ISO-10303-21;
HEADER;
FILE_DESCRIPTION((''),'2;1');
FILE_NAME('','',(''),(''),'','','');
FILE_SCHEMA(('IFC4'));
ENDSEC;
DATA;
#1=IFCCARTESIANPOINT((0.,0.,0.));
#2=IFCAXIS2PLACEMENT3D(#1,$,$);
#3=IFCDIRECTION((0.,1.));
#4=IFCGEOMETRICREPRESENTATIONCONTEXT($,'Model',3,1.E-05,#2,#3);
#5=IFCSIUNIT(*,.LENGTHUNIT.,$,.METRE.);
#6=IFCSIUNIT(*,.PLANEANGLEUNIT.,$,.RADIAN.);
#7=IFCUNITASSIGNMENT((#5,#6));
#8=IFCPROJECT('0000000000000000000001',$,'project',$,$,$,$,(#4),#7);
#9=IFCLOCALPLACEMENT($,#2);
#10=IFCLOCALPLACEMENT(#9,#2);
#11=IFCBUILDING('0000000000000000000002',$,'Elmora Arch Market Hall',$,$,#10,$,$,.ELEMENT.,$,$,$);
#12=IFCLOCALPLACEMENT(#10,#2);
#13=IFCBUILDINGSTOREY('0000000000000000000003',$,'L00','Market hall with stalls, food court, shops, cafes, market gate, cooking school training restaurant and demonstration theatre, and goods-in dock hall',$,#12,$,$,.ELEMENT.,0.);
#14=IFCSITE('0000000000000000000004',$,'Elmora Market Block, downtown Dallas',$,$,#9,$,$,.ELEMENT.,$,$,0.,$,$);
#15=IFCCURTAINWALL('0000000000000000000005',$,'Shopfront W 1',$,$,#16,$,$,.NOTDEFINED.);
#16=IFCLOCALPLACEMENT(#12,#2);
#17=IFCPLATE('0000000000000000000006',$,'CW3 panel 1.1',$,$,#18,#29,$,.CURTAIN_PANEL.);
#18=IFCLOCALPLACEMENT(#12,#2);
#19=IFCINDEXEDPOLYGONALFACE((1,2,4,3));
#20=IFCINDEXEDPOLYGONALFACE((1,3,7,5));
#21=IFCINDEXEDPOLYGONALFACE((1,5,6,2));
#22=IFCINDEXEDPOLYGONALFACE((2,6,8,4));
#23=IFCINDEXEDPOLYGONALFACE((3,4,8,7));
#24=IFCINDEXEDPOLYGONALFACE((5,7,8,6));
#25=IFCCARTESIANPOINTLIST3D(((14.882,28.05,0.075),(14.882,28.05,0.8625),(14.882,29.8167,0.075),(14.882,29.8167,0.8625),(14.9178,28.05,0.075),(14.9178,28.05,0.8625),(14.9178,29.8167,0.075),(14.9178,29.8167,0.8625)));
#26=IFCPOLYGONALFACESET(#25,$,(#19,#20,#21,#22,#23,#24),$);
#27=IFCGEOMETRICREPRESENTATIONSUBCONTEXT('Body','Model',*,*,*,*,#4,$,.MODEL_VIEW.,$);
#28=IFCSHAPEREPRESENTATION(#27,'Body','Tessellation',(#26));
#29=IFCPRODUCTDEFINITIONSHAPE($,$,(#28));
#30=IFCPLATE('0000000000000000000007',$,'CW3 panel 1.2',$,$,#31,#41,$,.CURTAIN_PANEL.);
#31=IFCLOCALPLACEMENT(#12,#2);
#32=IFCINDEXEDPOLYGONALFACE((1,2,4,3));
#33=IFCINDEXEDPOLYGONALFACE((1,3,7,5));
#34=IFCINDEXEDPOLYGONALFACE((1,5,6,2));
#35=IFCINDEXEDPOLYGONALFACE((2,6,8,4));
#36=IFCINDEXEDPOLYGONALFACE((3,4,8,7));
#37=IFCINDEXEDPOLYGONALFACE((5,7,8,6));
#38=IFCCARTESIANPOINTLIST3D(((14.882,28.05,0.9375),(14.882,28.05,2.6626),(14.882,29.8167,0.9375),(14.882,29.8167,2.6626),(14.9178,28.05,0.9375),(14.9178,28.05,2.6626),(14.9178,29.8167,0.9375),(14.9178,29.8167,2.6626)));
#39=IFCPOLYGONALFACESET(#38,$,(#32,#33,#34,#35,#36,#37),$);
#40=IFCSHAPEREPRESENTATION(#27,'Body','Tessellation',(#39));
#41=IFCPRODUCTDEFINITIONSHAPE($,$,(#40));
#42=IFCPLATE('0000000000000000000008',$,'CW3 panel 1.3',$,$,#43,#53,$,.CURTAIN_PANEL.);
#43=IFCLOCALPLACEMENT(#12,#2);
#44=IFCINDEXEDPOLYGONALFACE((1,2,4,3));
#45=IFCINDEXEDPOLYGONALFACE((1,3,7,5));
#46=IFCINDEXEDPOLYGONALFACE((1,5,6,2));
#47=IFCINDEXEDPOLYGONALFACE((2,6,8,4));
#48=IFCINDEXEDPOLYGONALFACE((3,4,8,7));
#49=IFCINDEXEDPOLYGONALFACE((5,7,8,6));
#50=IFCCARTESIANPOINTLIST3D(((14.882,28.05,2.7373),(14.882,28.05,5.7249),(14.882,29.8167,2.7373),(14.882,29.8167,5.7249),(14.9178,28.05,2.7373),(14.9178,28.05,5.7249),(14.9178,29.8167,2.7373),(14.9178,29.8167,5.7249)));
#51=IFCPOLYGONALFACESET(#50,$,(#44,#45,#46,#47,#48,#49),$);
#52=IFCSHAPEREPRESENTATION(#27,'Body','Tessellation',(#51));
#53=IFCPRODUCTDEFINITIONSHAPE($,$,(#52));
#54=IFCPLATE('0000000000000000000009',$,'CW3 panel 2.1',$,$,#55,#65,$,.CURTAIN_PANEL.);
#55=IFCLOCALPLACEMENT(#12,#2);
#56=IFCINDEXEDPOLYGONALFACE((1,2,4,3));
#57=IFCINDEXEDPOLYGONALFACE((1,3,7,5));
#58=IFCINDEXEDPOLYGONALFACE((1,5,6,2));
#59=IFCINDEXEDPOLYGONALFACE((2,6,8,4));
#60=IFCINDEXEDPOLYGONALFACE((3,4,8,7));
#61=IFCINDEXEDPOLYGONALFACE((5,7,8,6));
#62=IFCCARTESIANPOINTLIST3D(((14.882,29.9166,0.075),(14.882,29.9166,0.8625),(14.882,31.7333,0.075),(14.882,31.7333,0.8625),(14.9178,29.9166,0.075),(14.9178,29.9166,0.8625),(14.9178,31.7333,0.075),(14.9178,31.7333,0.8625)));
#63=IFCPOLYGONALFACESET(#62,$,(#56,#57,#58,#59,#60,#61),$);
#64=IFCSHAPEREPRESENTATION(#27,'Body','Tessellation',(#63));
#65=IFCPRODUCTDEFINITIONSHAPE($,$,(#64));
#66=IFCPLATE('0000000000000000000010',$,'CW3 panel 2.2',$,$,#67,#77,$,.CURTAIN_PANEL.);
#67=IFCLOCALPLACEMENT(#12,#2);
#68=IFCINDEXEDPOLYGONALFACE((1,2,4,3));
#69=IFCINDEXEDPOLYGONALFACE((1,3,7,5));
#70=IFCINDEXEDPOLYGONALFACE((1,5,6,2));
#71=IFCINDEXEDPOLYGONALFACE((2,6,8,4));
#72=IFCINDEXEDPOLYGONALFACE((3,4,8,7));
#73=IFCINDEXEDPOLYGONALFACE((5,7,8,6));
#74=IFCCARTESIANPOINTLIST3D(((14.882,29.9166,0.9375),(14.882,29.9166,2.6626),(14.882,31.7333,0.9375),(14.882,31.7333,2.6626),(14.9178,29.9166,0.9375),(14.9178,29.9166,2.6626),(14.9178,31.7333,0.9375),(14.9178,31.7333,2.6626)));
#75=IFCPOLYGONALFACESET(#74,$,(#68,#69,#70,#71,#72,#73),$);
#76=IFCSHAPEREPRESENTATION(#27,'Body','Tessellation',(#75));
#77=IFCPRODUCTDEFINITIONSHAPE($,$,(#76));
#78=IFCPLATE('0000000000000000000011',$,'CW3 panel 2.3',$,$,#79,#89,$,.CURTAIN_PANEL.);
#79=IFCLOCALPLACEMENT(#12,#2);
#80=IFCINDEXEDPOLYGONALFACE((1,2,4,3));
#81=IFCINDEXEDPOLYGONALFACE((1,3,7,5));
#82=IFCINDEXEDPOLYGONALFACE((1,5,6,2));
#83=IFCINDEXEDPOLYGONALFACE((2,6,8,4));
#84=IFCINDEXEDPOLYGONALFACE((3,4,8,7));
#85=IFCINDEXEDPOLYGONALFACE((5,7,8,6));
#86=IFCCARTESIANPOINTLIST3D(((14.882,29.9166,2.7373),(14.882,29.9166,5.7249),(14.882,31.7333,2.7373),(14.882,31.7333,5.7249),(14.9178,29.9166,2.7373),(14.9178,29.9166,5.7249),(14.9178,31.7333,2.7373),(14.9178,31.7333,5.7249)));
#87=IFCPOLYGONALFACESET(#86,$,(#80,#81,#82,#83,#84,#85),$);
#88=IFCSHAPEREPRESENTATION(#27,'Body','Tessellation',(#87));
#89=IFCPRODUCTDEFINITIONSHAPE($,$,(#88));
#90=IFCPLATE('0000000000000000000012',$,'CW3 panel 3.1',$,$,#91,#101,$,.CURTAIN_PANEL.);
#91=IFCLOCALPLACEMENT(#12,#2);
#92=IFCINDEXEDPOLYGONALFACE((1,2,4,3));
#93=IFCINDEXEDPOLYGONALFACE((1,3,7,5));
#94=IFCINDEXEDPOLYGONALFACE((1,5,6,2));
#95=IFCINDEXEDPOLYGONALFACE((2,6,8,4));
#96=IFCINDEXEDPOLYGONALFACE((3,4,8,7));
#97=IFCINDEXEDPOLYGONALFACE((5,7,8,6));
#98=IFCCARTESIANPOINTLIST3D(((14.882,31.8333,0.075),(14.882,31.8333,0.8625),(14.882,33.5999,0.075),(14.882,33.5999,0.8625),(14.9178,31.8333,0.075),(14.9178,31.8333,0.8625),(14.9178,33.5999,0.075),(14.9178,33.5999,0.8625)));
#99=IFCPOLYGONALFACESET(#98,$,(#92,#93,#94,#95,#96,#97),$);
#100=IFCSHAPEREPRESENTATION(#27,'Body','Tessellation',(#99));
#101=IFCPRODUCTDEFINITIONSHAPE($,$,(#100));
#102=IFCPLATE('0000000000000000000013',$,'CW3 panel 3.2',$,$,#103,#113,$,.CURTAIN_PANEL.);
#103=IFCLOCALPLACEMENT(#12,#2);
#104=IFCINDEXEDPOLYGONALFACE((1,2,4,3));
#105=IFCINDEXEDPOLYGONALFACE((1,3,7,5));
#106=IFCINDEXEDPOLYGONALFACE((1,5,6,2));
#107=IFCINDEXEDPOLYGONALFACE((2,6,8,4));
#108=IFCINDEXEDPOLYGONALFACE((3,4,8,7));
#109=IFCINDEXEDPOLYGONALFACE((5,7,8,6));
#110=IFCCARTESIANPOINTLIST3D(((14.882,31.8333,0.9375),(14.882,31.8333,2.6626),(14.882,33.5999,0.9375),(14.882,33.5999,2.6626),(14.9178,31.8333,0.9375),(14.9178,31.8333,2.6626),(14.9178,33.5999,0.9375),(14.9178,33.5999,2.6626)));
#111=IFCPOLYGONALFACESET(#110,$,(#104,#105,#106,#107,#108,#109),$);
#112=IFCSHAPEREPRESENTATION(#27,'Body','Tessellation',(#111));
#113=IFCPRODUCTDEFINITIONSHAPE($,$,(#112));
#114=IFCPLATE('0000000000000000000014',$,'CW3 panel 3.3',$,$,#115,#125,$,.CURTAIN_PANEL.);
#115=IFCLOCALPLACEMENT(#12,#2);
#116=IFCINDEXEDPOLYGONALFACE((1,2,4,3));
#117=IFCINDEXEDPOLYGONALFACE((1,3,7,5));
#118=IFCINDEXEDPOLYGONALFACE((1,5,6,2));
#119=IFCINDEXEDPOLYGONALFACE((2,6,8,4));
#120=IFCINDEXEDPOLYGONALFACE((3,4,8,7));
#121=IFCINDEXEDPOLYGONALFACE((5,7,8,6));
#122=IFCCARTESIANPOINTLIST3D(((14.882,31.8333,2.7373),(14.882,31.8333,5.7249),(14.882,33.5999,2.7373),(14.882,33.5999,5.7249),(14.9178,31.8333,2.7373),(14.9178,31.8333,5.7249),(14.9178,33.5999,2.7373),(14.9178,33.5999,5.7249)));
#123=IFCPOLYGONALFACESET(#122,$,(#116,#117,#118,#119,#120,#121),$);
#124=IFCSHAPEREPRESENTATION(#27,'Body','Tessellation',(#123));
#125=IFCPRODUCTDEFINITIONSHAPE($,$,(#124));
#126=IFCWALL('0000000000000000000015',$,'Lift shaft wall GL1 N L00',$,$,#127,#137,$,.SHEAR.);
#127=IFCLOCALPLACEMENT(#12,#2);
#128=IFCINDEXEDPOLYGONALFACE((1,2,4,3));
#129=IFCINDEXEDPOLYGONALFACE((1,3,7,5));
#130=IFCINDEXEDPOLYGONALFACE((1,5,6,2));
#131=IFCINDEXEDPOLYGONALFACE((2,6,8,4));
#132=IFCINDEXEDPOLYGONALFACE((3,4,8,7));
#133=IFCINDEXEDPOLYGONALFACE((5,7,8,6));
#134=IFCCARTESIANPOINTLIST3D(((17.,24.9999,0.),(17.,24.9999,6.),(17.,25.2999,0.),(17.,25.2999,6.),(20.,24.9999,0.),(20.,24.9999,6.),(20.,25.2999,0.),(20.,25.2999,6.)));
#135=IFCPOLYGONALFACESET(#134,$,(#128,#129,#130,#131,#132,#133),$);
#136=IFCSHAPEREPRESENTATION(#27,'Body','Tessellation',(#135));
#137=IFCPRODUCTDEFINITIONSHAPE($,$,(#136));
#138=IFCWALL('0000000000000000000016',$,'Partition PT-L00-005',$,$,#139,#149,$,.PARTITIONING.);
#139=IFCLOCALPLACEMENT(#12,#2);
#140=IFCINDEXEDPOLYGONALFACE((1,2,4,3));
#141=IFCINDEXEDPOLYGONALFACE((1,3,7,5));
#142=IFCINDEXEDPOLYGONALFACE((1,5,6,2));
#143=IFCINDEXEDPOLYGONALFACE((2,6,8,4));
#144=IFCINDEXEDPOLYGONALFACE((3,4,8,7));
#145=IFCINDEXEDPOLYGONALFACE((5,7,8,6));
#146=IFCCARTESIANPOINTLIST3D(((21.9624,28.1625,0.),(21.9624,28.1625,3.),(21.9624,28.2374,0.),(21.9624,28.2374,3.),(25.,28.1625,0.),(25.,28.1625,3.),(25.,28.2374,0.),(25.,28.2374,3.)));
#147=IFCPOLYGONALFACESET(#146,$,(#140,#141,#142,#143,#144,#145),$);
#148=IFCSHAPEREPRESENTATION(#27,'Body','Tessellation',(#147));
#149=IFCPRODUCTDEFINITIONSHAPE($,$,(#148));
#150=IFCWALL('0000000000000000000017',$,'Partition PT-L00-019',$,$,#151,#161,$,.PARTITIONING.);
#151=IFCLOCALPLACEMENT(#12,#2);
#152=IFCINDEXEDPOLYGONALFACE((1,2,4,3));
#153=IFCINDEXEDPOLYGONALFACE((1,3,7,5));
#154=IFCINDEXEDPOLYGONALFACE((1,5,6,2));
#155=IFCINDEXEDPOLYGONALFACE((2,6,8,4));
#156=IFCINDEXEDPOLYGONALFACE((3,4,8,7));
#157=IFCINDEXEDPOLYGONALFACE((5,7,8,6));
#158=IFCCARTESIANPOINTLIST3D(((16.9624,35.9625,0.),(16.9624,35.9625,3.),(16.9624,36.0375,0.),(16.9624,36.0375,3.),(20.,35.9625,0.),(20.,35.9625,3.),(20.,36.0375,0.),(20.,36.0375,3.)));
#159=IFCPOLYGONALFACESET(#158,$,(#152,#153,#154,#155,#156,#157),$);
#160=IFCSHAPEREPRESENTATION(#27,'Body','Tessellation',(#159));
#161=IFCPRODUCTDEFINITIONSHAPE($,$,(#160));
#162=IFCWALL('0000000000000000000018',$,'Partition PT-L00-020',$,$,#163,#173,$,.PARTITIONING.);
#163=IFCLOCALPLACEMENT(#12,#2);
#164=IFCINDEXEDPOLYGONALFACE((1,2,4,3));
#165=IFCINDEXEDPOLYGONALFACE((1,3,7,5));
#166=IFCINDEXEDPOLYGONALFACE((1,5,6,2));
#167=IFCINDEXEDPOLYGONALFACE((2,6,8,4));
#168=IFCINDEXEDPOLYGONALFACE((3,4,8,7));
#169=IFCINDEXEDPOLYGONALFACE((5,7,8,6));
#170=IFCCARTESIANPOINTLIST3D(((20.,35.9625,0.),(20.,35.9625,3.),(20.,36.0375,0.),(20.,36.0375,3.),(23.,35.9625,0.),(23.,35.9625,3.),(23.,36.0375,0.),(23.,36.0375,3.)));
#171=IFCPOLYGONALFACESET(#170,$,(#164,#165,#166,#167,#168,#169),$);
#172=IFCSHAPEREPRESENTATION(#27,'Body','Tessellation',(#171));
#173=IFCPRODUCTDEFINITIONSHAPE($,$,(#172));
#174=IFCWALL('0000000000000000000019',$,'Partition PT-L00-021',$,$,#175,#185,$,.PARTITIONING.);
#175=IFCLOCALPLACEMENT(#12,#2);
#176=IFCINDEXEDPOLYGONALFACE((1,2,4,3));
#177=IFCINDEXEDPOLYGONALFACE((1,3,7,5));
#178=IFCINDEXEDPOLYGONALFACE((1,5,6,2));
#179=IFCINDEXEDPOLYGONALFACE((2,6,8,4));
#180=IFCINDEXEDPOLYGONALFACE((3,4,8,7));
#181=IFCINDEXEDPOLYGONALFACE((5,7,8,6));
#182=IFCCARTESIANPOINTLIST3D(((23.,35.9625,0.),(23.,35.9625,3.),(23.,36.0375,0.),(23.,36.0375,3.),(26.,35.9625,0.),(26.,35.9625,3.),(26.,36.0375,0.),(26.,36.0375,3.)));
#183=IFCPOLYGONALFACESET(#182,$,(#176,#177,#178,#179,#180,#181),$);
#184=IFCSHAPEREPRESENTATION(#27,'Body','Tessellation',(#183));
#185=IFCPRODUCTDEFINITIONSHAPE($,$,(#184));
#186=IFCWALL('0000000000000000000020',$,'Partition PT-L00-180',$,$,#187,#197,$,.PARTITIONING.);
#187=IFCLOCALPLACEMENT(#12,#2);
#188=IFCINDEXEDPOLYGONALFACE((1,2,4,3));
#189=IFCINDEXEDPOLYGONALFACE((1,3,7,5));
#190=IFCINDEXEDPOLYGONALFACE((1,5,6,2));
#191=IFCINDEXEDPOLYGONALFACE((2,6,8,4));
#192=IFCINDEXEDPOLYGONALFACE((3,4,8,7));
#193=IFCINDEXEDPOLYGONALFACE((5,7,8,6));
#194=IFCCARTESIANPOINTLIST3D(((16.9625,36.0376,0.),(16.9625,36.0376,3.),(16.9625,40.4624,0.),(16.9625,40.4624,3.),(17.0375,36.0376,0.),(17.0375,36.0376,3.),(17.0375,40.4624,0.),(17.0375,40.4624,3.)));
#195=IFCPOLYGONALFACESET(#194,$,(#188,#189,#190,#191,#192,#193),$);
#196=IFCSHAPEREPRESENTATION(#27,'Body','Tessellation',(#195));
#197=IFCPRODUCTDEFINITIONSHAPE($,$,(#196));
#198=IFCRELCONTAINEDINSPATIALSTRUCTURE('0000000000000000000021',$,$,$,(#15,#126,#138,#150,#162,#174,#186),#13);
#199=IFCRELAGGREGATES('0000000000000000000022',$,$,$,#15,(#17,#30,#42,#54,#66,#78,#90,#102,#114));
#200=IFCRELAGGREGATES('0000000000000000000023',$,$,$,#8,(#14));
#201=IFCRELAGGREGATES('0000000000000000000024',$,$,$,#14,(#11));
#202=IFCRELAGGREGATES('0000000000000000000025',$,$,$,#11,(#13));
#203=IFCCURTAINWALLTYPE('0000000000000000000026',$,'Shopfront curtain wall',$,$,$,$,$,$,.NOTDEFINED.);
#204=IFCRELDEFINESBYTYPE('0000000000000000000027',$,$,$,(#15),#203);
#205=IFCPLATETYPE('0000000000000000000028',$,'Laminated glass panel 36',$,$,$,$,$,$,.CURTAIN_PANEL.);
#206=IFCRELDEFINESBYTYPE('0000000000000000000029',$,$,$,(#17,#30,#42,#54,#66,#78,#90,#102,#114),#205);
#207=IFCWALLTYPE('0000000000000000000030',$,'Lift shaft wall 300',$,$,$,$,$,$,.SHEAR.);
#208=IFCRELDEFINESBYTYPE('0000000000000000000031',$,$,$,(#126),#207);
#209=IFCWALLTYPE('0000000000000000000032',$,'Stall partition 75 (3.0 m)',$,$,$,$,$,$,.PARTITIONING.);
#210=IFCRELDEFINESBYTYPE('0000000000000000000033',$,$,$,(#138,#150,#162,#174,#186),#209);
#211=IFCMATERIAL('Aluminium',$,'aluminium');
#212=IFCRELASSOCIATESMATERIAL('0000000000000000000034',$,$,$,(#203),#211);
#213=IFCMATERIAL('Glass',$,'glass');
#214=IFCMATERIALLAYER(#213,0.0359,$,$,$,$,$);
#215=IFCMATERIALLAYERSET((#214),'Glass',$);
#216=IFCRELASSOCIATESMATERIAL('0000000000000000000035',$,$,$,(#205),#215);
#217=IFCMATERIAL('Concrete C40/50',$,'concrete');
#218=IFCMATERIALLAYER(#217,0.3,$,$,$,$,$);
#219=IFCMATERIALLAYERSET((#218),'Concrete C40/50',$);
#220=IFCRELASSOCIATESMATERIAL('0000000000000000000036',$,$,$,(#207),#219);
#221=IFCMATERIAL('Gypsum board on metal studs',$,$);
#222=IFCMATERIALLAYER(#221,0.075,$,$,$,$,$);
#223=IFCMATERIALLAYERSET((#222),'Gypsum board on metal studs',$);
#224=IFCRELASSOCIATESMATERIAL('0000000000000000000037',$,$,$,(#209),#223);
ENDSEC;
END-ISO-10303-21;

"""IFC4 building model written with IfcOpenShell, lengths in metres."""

from ifc_helpers import new_model, si_unit, direction, frame, frame_2d, origin, origin_2d, place, context, subcontext, project, spatial, rectangle, extrude, material, layer, layer_set, type_object, element, aggregate, save


model = new_model("IFC4")

# Units and contexts
model_context = context("Model", 3, precision=1e-05, world=origin(), true_north=direction((0.0, 1.0)))
body_context = subcontext(model_context, "Body", "Model", "MODEL_VIEW")
ifc_project = project(units=[si_unit("LENGTHUNIT", "METRE"), si_unit("PLANEANGLEUNIT", "RADIAN")], contexts=[model_context])

# Site, building, storey
site_placement = place(None, origin())
site = spatial("IfcSite", under=ifc_project, at=site_placement, Name="Elmora Market Block, downtown Dallas", CompositionType="ELEMENT", RefElevation=0.0)
building_placement = place(site_placement, origin())
building = spatial("IfcBuilding", under=site, at=building_placement, Name="Elmora Arch Market Hall", CompositionType="ELEMENT")
storey_placement = place(building_placement, origin())
storey = spatial("IfcBuildingStorey", under=building, at=storey_placement, Name="L00", Description="Market hall with stalls, food court, shops, cafes, market gate, cooking school training restaurant and demonstration theatre, and goods-in dock hall", CompositionType="ELEMENT", Elevation=0.0)

# Curtain wall, plates
ifc_material_1 = material(Name="Aluminium", Category="aluminium")
curtain_wall_type = type_object("IfcCurtainWallType", Name="Shopfront curtain wall", PredefinedType="NOTDEFINED", material=ifc_material_1)
curtain_wall_placement = place(storey_placement, origin())
curtain_wall = element("IfcCurtainWall", 1, at=curtain_wall_placement, inside=storey, type_object=curtain_wall_type, Name="Shopfront W 1", PredefinedType="NOTDEFINED")
ifc_material_2 = material(Name="Glass", Category="glass")
ifc_layer_1 = layer(ifc_material_2, 0.0359)
ifc_layer_set_1 = layer_set([ifc_layer_1], Name="Glass")
plate_type = type_object("IfcPlateType", Name="Laminated glass panel 36", PredefinedType="CURTAIN_PANEL", material=ifc_layer_set_1)
plate_1_placement = place(storey_placement, frame((14.8999, 28.9333, 0.075), z_axis=(0.0, 0.0, 1.0), x_axis=(0.0, 1.0, 0.0)))
plate_1 = element("IfcPlate", 2, at=plate_1_placement, type_object=plate_type, Name="CW3 panel 1.1", PredefinedType="CURTAIN_PANEL", context=body_context, shape_type="SweptSolid", body=[
    extrude(rectangle(XDim=1.7666, YDim=0.0359, at=origin_2d()), origin(), (0.0, 0.0, 1.0), 0.7876),
])
plate_2_placement = place(storey_placement, frame((14.8999, 28.9333, 0.9375), z_axis=(0.0, 0.0, 1.0), x_axis=(0.0, 1.0, 0.0)))
plate_2 = element("IfcPlate", 3, at=plate_2_placement, type_object=plate_type, Name="CW3 panel 1.2", PredefinedType="CURTAIN_PANEL", context=body_context, shape_type="SweptSolid", body=[
    extrude(rectangle(XDim=1.7666, YDim=0.0359, at=origin_2d()), origin(), (0.0, 0.0, 1.0), 1.7251),
])
plate_3_placement = place(storey_placement, frame((14.8999, 28.9333, 2.7373), z_axis=(0.0, 0.0, 1.0), x_axis=(0.0, 1.0, 0.0)))
plate_3 = element("IfcPlate", 4, at=plate_3_placement, type_object=plate_type, Name="CW3 panel 1.3", PredefinedType="CURTAIN_PANEL", context=body_context, shape_type="SweptSolid", body=[
    extrude(rectangle(XDim=1.7666, YDim=0.0359, at=origin_2d()), origin(), (0.0, 0.0, 1.0), 2.9875),
])
plate_4_placement = place(storey_placement, frame((14.8999, 30.825, 0.075), z_axis=(0.0, 0.0, 1.0), x_axis=(0.0, 1.0, 0.0)))
plate_4 = element("IfcPlate", 5, at=plate_4_placement, type_object=plate_type, Name="CW3 panel 2.1", PredefinedType="CURTAIN_PANEL", context=body_context, shape_type="SweptSolid", body=[
    extrude(rectangle(XDim=1.8167, YDim=0.0359, at=origin_2d()), origin(), (0.0, 0.0, 1.0), 0.7876),
])
plate_5_placement = place(storey_placement, frame((14.8999, 30.825, 0.9375), z_axis=(0.0, 0.0, 1.0), x_axis=(0.0, 1.0, 0.0)))
plate_5 = element("IfcPlate", 6, at=plate_5_placement, type_object=plate_type, Name="CW3 panel 2.2", PredefinedType="CURTAIN_PANEL", context=body_context, shape_type="SweptSolid", body=[
    extrude(rectangle(XDim=1.8167, YDim=0.0359, at=origin_2d()), origin(), (0.0, 0.0, 1.0), 1.7251),
])
plate_6_placement = place(storey_placement, frame((14.8999, 30.825, 2.7373), z_axis=(0.0, 0.0, 1.0), x_axis=(0.0, 1.0, 0.0)))
plate_6 = element("IfcPlate", 7, at=plate_6_placement, type_object=plate_type, Name="CW3 panel 2.3", PredefinedType="CURTAIN_PANEL", context=body_context, shape_type="SweptSolid", body=[
    extrude(rectangle(XDim=1.8167, YDim=0.0359, at=origin_2d()), origin(), (0.0, 0.0, 1.0), 2.9875),
])
plate_7_placement = place(storey_placement, frame((14.8999, 32.7166, 0.075), z_axis=(0.0, 0.0, 1.0), x_axis=(0.0, 1.0, 0.0)))
plate_7 = element("IfcPlate", 8, at=plate_7_placement, type_object=plate_type, Name="CW3 panel 3.1", PredefinedType="CURTAIN_PANEL", context=body_context, shape_type="SweptSolid", body=[
    extrude(rectangle(XDim=1.7666, YDim=0.0359, at=origin_2d()), origin(), (0.0, 0.0, 1.0), 0.7876),
])
plate_8_placement = place(storey_placement, frame((14.8999, 32.7166, 0.9375), z_axis=(0.0, 0.0, 1.0), x_axis=(0.0, 1.0, 0.0)))
plate_8 = element("IfcPlate", 9, at=plate_8_placement, type_object=plate_type, Name="CW3 panel 3.2", PredefinedType="CURTAIN_PANEL", context=body_context, shape_type="SweptSolid", body=[
    extrude(rectangle(XDim=1.7666, YDim=0.0359, at=origin_2d()), origin(), (0.0, 0.0, 1.0), 1.7251),
])
plate_9_placement = place(storey_placement, frame((14.8999, 32.7166, 2.7373), z_axis=(0.0, 0.0, 1.0), x_axis=(0.0, 1.0, 0.0)))
plate_9 = element("IfcPlate", 10, at=plate_9_placement, type_object=plate_type, Name="CW3 panel 3.3", PredefinedType="CURTAIN_PANEL", context=body_context, shape_type="SweptSolid", body=[
    extrude(rectangle(XDim=1.7666, YDim=0.0359, at=origin_2d()), origin(), (0.0, 0.0, 1.0), 2.9875),
])
aggregate(curtain_wall, [plate_1, plate_2, plate_3, plate_4, plate_5, plate_6, plate_7, plate_8, plate_9])

# Walls
ifc_material_3 = material(Name="Concrete C40/50", Category="concrete")
ifc_layer_2 = layer(ifc_material_3, 0.3)
ifc_layer_set_2 = layer_set([ifc_layer_2], Name="Concrete C40/50")
wall_type_1 = type_object("IfcWallType", Name="Lift shaft wall 300", PredefinedType="SHEAR", material=ifc_layer_set_2)
wall_1_placement = place(storey_placement, frame((17.0, 25.1499, 0.0), z_axis=(0.0, 0.0, 1.0), x_axis=(1.0, 0.0, 0.0)))
element("IfcWall", 11, at=wall_1_placement, inside=storey, type_object=wall_type_1, Name="Lift shaft wall GL1 N L00", PredefinedType="SHEAR", context=body_context, shape_type="SweptSolid", body=[
    extrude(rectangle(XDim=3.0, YDim=0.3, at=frame_2d((1.5, 0.0))), origin(), (0.0, 0.0, 1.0), 6.0),
])
ifc_material_4 = material(Name="Gypsum board on metal studs")
ifc_layer_3 = layer(ifc_material_4, 0.075)
ifc_layer_set_3 = layer_set([ifc_layer_3], Name="Gypsum board on metal studs")
wall_type_2 = type_object("IfcWallType", Name="Stall partition 75 (3.0 m)", PredefinedType="PARTITIONING", material=ifc_layer_set_3)
wall_2_placement = place(storey_placement, frame((21.9624, 28.2, 0.0), z_axis=(0.0, 0.0, 1.0), x_axis=(1.0, 0.0, 0.0)))
element("IfcWall", 12, at=wall_2_placement, inside=storey, type_object=wall_type_2, Name="Partition PT-L00-005", PredefinedType="PARTITIONING", context=body_context, shape_type="SweptSolid", body=[
    extrude(rectangle(XDim=3.0376, YDim=0.075, at=frame_2d((1.5188, 0.0))), origin(), (0.0, 0.0, 1.0), 3.0),
])

# Walls
wall_3_placement = place(storey_placement, frame((16.9624, 36.0, 0.0), z_axis=(0.0, 0.0, 1.0), x_axis=(1.0, 0.0, 0.0)))
element("IfcWall", 13, at=wall_3_placement, inside=storey, type_object=wall_type_2, Name="Partition PT-L00-019", PredefinedType="PARTITIONING", context=body_context, shape_type="SweptSolid", body=[
    extrude(rectangle(XDim=3.0376, YDim=0.075, at=frame_2d((1.5188, 0.0))), origin(), (0.0, 0.0, 1.0), 3.0),
])
for number, where, z_axis, x_axis, name in (
    (14, (20.0, 36.0, 0.0), (0.0, 0.0, 1.0), (1.0, 0.0, 0.0), "Partition PT-L00-020"),
    (15, (23.0, 36.0, 0.0), (0.0, 0.0, 1.0), (1.0, 0.0, 0.0), "Partition PT-L00-021"),
):
    element("IfcWall", number, at=place(storey_placement, frame(where, z_axis=z_axis, x_axis=x_axis)), inside=storey, type_object=wall_type_2, Name=name, PredefinedType="PARTITIONING", context=body_context, shape_type="SweptSolid", body=[
        extrude(rectangle(XDim=3.0, YDim=0.075, at=frame_2d((1.5, 0.0))), origin(), (0.0, 0.0, 1.0), 3.0),
    ])
for number, where, z_axis, x_axis, name in (
    (16, (17.0, 36.0376, 0.0), (0.0, 0.0, 1.0), (0.0, 1.0, 0.0), "Partition PT-L00-180"),
):
    element("IfcWall", number, at=place(storey_placement, frame(where, z_axis=z_axis, x_axis=x_axis)), inside=storey, type_object=wall_type_2, Name=name, PredefinedType="PARTITIONING", context=body_context, shape_type="SweptSolid", body=[
        extrude(rectangle(XDim=4.4248, YDim=0.075, at=frame_2d((2.2124, 0.0))), origin(), (0.0, 0.0, 1.0), 3.0),
    ])

save(model, "model.ifc")
